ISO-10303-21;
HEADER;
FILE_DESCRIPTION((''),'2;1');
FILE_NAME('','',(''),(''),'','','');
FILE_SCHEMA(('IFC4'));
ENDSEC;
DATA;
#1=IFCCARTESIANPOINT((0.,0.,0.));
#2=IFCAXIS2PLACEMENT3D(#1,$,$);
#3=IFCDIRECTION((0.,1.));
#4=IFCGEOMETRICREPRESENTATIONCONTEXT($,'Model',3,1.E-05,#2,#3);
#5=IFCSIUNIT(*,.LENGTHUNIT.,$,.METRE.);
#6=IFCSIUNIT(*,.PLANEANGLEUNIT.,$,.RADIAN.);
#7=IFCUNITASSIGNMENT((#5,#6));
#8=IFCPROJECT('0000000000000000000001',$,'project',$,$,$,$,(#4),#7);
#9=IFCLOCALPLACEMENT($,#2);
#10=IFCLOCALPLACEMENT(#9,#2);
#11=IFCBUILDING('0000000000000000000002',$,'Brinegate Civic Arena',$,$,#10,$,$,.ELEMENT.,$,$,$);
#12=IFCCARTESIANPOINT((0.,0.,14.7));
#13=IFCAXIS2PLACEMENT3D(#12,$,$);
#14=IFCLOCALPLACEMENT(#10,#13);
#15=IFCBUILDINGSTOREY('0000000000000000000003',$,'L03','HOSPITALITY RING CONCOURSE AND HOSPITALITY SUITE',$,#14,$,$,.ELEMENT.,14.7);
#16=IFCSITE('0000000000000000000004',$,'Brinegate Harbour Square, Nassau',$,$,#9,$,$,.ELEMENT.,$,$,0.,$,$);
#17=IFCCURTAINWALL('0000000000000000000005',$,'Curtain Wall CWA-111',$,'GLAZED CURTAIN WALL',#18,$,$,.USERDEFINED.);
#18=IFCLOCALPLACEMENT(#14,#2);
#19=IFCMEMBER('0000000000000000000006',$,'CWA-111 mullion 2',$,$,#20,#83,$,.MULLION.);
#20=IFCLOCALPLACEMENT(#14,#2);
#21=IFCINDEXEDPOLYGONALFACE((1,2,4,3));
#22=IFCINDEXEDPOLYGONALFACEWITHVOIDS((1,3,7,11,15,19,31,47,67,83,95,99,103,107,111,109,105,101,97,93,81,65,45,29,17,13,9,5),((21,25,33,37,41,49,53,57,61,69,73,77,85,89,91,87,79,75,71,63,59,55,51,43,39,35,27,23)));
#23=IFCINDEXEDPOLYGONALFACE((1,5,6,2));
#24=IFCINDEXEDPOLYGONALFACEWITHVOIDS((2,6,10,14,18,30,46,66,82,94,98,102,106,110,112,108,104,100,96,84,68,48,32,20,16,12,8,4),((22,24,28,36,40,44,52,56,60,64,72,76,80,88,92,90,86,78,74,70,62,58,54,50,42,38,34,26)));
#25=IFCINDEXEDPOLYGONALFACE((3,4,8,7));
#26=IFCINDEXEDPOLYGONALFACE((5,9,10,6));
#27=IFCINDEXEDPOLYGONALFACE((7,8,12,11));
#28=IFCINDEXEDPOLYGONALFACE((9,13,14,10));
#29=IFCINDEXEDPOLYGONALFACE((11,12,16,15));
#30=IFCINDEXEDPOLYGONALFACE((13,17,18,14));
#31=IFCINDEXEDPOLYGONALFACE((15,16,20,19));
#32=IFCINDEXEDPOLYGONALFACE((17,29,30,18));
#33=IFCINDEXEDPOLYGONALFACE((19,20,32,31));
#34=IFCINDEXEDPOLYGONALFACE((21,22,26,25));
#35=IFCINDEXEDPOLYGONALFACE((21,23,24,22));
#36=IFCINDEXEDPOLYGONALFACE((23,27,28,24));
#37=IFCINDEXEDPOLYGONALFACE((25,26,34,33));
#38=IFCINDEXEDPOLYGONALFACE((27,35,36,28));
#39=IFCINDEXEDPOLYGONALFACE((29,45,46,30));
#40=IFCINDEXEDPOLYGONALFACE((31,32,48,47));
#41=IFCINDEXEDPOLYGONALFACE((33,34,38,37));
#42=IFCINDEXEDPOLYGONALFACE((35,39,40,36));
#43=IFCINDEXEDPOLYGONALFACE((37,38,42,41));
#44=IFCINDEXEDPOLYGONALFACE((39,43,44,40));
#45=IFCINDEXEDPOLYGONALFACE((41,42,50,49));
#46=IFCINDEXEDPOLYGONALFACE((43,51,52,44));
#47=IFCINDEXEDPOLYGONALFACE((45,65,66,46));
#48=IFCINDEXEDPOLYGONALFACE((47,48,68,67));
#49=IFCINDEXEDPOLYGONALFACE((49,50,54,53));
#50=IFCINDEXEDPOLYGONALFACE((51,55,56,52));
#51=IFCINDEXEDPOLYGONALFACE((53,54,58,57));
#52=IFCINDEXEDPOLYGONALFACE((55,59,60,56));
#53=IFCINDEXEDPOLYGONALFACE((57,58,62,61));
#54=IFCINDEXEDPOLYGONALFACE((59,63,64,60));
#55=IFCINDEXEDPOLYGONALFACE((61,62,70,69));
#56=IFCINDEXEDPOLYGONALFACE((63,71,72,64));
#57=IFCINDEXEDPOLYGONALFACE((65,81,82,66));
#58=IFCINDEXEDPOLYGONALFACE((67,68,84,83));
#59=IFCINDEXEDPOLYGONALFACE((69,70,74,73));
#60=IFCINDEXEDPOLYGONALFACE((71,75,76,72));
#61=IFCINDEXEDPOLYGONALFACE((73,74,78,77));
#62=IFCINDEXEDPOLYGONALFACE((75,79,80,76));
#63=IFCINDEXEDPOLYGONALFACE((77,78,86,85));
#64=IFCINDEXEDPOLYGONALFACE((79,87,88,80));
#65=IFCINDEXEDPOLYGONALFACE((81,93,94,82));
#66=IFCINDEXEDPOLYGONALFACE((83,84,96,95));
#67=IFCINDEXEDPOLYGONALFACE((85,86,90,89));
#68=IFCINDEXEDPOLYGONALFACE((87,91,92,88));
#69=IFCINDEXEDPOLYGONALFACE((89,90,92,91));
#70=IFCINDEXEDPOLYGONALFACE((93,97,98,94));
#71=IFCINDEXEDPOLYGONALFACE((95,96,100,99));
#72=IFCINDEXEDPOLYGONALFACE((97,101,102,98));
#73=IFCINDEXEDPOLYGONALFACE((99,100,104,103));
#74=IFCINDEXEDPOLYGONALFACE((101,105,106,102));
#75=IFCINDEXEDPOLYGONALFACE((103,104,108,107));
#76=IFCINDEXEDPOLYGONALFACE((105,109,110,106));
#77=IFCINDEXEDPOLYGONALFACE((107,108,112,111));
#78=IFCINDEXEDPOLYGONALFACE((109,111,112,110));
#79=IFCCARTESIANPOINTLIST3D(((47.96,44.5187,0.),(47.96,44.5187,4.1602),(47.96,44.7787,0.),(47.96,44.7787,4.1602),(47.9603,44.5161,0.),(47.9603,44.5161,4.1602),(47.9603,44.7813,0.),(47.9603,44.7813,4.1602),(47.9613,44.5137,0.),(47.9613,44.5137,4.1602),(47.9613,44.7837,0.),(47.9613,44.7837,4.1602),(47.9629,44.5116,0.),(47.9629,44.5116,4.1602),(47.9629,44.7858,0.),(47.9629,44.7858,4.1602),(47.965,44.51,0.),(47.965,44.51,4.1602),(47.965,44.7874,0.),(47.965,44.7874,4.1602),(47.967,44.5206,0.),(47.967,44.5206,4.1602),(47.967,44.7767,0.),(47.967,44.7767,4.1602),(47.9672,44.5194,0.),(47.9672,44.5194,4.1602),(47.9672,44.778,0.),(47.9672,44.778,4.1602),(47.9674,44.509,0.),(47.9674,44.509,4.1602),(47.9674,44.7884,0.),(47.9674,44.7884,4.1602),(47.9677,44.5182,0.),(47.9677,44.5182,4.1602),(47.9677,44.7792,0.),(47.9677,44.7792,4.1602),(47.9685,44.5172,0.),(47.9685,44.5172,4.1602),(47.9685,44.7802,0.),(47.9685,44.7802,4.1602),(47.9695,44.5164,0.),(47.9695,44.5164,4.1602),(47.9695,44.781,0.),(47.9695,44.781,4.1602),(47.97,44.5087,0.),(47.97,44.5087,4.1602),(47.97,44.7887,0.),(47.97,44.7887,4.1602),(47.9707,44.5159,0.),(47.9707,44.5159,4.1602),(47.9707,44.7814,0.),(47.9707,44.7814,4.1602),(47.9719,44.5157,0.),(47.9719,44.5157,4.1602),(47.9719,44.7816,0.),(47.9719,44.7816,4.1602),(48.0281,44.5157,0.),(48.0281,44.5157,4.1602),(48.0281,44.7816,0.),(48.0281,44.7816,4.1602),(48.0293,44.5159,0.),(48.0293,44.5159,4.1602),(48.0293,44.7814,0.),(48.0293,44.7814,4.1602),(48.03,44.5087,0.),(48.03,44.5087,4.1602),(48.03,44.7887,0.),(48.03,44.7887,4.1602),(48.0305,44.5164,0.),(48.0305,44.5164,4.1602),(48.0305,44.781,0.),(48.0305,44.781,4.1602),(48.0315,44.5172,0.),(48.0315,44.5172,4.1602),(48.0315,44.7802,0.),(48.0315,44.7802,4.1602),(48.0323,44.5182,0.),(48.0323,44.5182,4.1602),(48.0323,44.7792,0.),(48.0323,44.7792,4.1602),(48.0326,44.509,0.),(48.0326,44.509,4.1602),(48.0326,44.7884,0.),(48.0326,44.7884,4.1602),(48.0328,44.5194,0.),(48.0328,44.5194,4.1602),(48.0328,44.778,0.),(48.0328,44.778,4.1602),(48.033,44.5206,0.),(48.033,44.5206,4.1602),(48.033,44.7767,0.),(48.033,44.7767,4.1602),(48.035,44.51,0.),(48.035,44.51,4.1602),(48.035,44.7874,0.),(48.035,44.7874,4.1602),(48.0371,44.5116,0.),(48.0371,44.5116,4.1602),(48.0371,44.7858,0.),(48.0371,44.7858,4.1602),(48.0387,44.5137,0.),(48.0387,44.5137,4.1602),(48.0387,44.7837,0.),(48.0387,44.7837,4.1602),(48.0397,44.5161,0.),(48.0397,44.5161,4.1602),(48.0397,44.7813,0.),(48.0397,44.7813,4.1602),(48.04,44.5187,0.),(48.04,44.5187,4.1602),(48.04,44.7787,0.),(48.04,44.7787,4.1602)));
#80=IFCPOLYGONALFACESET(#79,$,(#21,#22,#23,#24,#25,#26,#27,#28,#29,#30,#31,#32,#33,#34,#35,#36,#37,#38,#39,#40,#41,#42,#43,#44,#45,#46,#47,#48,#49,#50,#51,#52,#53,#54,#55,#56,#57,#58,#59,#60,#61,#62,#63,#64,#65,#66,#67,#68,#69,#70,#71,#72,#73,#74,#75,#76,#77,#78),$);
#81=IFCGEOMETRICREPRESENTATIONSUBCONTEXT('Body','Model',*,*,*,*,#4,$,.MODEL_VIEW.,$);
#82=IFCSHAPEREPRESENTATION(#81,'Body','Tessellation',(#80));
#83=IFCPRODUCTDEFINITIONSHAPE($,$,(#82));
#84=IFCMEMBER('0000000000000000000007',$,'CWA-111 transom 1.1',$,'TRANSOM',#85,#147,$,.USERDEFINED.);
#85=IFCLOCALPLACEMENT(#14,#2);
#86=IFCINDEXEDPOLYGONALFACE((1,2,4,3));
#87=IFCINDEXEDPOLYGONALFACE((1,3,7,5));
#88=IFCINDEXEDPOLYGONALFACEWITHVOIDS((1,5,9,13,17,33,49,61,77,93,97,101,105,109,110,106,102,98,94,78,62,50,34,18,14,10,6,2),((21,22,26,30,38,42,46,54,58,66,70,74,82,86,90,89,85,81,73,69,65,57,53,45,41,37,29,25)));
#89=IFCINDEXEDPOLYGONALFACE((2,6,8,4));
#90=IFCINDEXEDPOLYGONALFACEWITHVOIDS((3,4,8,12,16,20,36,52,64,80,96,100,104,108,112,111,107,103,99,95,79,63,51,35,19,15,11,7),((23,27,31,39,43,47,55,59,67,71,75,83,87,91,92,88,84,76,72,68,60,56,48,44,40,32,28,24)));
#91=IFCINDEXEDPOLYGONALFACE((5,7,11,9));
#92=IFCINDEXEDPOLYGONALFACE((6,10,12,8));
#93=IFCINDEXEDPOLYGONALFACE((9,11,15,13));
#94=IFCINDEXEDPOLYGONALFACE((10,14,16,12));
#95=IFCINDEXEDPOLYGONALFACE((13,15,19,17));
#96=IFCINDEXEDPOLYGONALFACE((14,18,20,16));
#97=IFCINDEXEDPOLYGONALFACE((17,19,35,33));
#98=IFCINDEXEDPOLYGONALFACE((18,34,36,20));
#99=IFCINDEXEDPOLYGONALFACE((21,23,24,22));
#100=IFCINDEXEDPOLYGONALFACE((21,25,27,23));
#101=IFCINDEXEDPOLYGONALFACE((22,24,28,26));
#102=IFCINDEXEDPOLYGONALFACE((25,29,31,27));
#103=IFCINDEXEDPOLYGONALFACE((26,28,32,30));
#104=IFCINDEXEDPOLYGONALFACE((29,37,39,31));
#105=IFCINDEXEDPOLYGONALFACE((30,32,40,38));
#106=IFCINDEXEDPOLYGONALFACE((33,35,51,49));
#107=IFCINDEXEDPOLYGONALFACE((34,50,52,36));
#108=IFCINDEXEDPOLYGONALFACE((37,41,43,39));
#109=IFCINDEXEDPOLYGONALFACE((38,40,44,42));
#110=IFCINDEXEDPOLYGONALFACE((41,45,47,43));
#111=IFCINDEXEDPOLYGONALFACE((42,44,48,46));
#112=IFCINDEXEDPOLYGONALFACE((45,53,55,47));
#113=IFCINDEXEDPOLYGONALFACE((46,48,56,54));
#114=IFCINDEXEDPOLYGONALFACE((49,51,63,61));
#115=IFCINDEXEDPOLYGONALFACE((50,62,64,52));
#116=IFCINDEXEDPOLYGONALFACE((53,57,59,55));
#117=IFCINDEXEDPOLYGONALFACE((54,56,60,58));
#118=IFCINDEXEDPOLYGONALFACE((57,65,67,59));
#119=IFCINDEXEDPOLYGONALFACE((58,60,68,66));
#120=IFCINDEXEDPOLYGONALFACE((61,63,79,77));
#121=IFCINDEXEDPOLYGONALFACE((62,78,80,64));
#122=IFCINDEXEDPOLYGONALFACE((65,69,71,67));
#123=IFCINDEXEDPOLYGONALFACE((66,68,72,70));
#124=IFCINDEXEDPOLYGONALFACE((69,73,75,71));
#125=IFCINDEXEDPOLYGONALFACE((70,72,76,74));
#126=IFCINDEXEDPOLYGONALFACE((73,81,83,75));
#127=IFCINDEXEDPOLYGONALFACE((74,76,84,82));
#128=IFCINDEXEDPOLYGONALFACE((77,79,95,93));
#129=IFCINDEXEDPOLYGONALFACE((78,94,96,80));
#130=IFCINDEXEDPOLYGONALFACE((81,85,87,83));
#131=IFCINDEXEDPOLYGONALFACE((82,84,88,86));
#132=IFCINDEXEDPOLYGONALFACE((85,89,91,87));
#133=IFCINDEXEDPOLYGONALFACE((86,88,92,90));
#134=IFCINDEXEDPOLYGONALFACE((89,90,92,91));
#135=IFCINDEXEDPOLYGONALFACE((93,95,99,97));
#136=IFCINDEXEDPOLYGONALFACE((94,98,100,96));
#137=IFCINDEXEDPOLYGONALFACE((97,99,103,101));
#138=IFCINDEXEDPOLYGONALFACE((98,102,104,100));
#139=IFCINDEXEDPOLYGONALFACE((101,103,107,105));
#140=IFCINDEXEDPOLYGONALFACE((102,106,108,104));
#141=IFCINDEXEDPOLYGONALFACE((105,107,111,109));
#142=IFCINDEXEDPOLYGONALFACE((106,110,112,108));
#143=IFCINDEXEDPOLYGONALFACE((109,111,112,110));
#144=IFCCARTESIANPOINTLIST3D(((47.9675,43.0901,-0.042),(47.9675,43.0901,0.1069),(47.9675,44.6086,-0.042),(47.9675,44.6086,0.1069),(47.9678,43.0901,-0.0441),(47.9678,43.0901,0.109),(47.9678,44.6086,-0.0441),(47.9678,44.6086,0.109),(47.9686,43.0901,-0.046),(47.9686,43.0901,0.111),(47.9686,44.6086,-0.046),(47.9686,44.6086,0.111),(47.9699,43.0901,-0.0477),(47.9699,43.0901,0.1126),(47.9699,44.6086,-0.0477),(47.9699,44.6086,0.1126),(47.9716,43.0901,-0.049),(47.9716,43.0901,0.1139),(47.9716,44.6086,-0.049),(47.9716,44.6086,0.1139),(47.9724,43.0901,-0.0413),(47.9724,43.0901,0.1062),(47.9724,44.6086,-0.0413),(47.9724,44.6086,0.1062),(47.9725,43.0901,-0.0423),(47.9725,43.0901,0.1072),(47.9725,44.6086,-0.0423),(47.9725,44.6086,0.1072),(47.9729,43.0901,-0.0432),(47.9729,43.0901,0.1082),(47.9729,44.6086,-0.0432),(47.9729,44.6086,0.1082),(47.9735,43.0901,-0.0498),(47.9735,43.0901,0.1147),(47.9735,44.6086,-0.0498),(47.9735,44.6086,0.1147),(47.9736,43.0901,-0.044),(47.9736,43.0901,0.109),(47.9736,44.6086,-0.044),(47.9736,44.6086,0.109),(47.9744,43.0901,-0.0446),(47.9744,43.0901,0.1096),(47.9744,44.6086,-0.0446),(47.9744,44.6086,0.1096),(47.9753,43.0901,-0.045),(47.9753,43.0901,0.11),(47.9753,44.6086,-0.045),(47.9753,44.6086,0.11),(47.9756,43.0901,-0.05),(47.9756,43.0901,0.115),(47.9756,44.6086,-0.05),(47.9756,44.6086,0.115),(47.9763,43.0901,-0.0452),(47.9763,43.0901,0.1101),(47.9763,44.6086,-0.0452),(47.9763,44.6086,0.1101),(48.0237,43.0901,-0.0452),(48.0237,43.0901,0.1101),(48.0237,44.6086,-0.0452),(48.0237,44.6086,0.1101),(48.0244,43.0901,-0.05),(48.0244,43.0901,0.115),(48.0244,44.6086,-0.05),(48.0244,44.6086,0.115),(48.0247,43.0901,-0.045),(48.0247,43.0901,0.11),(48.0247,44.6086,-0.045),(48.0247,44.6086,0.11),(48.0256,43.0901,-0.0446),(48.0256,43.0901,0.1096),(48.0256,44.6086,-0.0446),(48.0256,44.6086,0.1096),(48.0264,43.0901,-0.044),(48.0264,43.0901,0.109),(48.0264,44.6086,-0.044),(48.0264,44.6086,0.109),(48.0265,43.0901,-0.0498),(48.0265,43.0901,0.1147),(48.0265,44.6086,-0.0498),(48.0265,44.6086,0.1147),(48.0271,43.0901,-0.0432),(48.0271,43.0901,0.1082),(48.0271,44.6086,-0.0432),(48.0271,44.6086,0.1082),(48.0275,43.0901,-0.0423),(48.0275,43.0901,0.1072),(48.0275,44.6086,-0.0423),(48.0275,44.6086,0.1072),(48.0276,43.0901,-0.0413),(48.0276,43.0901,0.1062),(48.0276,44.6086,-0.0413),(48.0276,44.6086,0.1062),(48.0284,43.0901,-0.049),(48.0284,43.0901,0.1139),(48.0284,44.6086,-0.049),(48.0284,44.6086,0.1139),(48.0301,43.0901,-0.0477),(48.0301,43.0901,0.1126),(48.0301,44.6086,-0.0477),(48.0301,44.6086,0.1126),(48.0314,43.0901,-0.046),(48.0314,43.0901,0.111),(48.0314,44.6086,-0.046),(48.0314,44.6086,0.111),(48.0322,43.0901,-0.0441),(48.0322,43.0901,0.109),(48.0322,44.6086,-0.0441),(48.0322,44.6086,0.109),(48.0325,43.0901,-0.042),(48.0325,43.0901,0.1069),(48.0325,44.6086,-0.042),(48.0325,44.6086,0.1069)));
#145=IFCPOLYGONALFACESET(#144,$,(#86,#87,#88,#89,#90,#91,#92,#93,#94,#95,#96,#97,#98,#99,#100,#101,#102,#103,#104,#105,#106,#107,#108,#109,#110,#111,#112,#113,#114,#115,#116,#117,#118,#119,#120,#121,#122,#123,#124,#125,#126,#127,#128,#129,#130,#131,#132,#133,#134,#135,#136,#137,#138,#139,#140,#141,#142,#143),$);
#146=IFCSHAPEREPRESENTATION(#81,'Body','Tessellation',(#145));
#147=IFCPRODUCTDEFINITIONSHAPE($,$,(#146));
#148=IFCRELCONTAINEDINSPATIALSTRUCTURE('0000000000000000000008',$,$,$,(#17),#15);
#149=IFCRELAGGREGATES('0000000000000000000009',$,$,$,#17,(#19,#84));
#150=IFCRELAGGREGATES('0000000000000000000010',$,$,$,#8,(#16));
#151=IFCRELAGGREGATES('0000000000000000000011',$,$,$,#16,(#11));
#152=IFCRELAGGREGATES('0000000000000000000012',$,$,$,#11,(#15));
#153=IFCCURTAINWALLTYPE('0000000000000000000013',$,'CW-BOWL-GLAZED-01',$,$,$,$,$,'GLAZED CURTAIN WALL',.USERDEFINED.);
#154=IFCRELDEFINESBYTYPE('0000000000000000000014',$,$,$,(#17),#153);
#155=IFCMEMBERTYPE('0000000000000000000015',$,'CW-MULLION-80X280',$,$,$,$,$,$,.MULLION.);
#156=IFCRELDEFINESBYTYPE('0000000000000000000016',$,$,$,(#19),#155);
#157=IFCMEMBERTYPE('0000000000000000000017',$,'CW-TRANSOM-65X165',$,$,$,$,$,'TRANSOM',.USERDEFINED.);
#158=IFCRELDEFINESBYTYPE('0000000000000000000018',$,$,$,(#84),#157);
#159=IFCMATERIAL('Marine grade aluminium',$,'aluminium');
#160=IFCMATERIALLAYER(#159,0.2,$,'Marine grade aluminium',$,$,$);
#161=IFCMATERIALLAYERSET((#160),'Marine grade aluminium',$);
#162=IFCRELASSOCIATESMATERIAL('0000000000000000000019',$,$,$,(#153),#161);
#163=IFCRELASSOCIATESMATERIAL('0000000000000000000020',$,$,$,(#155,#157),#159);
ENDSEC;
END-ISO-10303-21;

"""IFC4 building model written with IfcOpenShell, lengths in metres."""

from ifc_helpers import new_model, si_unit, direction, frame, origin, origin_2d, place, context, subcontext, project, spatial, hollow_rectangle, extrude, material, layer, layer_set, material_profile, profile_set, type_object, element, aggregate, save


model = new_model("IFC4")

# Units and contexts
model_context = context("Model", 3, precision=1e-05, world=origin(), true_north=direction((0.0, 1.0)))
body_context = subcontext(model_context, "Body", "Model", "MODEL_VIEW")
ifc_project = project(units=[si_unit("LENGTHUNIT", "METRE"), si_unit("PLANEANGLEUNIT", "RADIAN")], contexts=[model_context])

# Site, building, storey
site_placement = place(None, origin())
site = spatial("IfcSite", under=ifc_project, at=site_placement, Name="Brinegate Harbour Square, Nassau", CompositionType="ELEMENT", RefElevation=0.0)
building_placement = place(site_placement, origin())
building = spatial("IfcBuilding", under=site, at=building_placement, Name="Brinegate Civic Arena", CompositionType="ELEMENT")
storey_placement = place(building_placement, frame((0.0, 0.0, 14.7)))
storey = spatial("IfcBuildingStorey", under=building, at=storey_placement, Name="L03", Description="HOSPITALITY RING CONCOURSE AND HOSPITALITY SUITE", CompositionType="ELEMENT", Elevation=14.7)

# Curtain wall, members
ifc_material_1 = material(Name="Marine grade aluminium", Category="aluminium")
ifc_layer_1 = layer(ifc_material_1, 0.2, Name="Marine grade aluminium")
ifc_layer_set_1 = layer_set([ifc_layer_1], Name="Marine grade aluminium")
curtain_wall_type = type_object("IfcCurtainWallType", Name="CW-BOWL-GLAZED-01", ElementType="GLAZED CURTAIN WALL", PredefinedType="USERDEFINED", material=ifc_layer_set_1)
curtain_wall_1_placement = place(storey_placement, origin())
curtain_wall_1 = element("IfcCurtainWall", 1, at=curtain_wall_1_placement, inside=storey, type_object=curtain_wall_type, Name="Curtain Wall CWA-111", ObjectType="GLAZED CURTAIN WALL", PredefinedType="USERDEFINED")
ifc_material_profile_1 = material_profile(ifc_material_1, hollow_rectangle(XDim=0.0801, YDim=0.28, WallThickness=0.0071, InnerFilletRadius=0.0049, OuterFilletRadius=0.01, at=origin_2d()), Name="MUL80X280")
ifc_profile_set_1 = profile_set([ifc_material_profile_1], Name="Marine grade aluminium")
member_type_1 = type_object("IfcMemberType", Name="CW-MULLION-80X280", PredefinedType="MULLION", material=ifc_profile_set_1)
member_1_placement = place(storey_placement, frame((48.0, 44.6487, 0.0), z_axis=(0.0, 0.0, 1.0), x_axis=(-1.0, 0.0, 0.0)))
member_1 = element("IfcMember", 2, at=member_1_placement, type_object=member_type_1, Name="CWA-111 mullion 2", PredefinedType="MULLION", context=body_context, shape_type="SweptSolid", body=[
    extrude(hollow_rectangle(XDim=0.0801, YDim=0.28, WallThickness=0.0071, InnerFilletRadius=0.0049, OuterFilletRadius=0.01, at=origin_2d()), origin(), (0.0, 0.0, 1.0), 4.1602),
])
ifc_material_profile_2 = material_profile(ifc_material_1, hollow_rectangle(XDim=0.0649, YDim=0.165, WallThickness=0.0049, InnerFilletRadius=0.0039, OuterFilletRadius=0.0081, at=origin_2d()), Name="TRN65X165")
ifc_profile_set_2 = profile_set([ifc_material_profile_2], Name="Marine grade aluminium")
member_type_2 = type_object("IfcMemberType", Name="CW-TRANSOM-65X165", ElementType="TRANSOM", PredefinedType="USERDEFINED", material=ifc_profile_set_2)
member_2_placement = place(storey_placement, frame((48.0, 43.0901, 0.0325), z_axis=(0.0, 1.0, 0.0), x_axis=(-1.0, 0.0, 0.0)))
member_2 = element("IfcMember", 3, at=member_2_placement, type_object=member_type_2, Name="CWA-111 transom 1.1", ObjectType="TRANSOM", PredefinedType="USERDEFINED", context=body_context, shape_type="SweptSolid", body=[
    extrude(hollow_rectangle(XDim=0.0649, YDim=0.165, WallThickness=0.0049, InnerFilletRadius=0.0039, OuterFilletRadius=0.0081, at=origin_2d()), origin(), (0.0, 0.0, 1.0), 1.5186),
])

aggregate(curtain_wall_1, [member_1, member_2])

save(model, "model.ifc")
